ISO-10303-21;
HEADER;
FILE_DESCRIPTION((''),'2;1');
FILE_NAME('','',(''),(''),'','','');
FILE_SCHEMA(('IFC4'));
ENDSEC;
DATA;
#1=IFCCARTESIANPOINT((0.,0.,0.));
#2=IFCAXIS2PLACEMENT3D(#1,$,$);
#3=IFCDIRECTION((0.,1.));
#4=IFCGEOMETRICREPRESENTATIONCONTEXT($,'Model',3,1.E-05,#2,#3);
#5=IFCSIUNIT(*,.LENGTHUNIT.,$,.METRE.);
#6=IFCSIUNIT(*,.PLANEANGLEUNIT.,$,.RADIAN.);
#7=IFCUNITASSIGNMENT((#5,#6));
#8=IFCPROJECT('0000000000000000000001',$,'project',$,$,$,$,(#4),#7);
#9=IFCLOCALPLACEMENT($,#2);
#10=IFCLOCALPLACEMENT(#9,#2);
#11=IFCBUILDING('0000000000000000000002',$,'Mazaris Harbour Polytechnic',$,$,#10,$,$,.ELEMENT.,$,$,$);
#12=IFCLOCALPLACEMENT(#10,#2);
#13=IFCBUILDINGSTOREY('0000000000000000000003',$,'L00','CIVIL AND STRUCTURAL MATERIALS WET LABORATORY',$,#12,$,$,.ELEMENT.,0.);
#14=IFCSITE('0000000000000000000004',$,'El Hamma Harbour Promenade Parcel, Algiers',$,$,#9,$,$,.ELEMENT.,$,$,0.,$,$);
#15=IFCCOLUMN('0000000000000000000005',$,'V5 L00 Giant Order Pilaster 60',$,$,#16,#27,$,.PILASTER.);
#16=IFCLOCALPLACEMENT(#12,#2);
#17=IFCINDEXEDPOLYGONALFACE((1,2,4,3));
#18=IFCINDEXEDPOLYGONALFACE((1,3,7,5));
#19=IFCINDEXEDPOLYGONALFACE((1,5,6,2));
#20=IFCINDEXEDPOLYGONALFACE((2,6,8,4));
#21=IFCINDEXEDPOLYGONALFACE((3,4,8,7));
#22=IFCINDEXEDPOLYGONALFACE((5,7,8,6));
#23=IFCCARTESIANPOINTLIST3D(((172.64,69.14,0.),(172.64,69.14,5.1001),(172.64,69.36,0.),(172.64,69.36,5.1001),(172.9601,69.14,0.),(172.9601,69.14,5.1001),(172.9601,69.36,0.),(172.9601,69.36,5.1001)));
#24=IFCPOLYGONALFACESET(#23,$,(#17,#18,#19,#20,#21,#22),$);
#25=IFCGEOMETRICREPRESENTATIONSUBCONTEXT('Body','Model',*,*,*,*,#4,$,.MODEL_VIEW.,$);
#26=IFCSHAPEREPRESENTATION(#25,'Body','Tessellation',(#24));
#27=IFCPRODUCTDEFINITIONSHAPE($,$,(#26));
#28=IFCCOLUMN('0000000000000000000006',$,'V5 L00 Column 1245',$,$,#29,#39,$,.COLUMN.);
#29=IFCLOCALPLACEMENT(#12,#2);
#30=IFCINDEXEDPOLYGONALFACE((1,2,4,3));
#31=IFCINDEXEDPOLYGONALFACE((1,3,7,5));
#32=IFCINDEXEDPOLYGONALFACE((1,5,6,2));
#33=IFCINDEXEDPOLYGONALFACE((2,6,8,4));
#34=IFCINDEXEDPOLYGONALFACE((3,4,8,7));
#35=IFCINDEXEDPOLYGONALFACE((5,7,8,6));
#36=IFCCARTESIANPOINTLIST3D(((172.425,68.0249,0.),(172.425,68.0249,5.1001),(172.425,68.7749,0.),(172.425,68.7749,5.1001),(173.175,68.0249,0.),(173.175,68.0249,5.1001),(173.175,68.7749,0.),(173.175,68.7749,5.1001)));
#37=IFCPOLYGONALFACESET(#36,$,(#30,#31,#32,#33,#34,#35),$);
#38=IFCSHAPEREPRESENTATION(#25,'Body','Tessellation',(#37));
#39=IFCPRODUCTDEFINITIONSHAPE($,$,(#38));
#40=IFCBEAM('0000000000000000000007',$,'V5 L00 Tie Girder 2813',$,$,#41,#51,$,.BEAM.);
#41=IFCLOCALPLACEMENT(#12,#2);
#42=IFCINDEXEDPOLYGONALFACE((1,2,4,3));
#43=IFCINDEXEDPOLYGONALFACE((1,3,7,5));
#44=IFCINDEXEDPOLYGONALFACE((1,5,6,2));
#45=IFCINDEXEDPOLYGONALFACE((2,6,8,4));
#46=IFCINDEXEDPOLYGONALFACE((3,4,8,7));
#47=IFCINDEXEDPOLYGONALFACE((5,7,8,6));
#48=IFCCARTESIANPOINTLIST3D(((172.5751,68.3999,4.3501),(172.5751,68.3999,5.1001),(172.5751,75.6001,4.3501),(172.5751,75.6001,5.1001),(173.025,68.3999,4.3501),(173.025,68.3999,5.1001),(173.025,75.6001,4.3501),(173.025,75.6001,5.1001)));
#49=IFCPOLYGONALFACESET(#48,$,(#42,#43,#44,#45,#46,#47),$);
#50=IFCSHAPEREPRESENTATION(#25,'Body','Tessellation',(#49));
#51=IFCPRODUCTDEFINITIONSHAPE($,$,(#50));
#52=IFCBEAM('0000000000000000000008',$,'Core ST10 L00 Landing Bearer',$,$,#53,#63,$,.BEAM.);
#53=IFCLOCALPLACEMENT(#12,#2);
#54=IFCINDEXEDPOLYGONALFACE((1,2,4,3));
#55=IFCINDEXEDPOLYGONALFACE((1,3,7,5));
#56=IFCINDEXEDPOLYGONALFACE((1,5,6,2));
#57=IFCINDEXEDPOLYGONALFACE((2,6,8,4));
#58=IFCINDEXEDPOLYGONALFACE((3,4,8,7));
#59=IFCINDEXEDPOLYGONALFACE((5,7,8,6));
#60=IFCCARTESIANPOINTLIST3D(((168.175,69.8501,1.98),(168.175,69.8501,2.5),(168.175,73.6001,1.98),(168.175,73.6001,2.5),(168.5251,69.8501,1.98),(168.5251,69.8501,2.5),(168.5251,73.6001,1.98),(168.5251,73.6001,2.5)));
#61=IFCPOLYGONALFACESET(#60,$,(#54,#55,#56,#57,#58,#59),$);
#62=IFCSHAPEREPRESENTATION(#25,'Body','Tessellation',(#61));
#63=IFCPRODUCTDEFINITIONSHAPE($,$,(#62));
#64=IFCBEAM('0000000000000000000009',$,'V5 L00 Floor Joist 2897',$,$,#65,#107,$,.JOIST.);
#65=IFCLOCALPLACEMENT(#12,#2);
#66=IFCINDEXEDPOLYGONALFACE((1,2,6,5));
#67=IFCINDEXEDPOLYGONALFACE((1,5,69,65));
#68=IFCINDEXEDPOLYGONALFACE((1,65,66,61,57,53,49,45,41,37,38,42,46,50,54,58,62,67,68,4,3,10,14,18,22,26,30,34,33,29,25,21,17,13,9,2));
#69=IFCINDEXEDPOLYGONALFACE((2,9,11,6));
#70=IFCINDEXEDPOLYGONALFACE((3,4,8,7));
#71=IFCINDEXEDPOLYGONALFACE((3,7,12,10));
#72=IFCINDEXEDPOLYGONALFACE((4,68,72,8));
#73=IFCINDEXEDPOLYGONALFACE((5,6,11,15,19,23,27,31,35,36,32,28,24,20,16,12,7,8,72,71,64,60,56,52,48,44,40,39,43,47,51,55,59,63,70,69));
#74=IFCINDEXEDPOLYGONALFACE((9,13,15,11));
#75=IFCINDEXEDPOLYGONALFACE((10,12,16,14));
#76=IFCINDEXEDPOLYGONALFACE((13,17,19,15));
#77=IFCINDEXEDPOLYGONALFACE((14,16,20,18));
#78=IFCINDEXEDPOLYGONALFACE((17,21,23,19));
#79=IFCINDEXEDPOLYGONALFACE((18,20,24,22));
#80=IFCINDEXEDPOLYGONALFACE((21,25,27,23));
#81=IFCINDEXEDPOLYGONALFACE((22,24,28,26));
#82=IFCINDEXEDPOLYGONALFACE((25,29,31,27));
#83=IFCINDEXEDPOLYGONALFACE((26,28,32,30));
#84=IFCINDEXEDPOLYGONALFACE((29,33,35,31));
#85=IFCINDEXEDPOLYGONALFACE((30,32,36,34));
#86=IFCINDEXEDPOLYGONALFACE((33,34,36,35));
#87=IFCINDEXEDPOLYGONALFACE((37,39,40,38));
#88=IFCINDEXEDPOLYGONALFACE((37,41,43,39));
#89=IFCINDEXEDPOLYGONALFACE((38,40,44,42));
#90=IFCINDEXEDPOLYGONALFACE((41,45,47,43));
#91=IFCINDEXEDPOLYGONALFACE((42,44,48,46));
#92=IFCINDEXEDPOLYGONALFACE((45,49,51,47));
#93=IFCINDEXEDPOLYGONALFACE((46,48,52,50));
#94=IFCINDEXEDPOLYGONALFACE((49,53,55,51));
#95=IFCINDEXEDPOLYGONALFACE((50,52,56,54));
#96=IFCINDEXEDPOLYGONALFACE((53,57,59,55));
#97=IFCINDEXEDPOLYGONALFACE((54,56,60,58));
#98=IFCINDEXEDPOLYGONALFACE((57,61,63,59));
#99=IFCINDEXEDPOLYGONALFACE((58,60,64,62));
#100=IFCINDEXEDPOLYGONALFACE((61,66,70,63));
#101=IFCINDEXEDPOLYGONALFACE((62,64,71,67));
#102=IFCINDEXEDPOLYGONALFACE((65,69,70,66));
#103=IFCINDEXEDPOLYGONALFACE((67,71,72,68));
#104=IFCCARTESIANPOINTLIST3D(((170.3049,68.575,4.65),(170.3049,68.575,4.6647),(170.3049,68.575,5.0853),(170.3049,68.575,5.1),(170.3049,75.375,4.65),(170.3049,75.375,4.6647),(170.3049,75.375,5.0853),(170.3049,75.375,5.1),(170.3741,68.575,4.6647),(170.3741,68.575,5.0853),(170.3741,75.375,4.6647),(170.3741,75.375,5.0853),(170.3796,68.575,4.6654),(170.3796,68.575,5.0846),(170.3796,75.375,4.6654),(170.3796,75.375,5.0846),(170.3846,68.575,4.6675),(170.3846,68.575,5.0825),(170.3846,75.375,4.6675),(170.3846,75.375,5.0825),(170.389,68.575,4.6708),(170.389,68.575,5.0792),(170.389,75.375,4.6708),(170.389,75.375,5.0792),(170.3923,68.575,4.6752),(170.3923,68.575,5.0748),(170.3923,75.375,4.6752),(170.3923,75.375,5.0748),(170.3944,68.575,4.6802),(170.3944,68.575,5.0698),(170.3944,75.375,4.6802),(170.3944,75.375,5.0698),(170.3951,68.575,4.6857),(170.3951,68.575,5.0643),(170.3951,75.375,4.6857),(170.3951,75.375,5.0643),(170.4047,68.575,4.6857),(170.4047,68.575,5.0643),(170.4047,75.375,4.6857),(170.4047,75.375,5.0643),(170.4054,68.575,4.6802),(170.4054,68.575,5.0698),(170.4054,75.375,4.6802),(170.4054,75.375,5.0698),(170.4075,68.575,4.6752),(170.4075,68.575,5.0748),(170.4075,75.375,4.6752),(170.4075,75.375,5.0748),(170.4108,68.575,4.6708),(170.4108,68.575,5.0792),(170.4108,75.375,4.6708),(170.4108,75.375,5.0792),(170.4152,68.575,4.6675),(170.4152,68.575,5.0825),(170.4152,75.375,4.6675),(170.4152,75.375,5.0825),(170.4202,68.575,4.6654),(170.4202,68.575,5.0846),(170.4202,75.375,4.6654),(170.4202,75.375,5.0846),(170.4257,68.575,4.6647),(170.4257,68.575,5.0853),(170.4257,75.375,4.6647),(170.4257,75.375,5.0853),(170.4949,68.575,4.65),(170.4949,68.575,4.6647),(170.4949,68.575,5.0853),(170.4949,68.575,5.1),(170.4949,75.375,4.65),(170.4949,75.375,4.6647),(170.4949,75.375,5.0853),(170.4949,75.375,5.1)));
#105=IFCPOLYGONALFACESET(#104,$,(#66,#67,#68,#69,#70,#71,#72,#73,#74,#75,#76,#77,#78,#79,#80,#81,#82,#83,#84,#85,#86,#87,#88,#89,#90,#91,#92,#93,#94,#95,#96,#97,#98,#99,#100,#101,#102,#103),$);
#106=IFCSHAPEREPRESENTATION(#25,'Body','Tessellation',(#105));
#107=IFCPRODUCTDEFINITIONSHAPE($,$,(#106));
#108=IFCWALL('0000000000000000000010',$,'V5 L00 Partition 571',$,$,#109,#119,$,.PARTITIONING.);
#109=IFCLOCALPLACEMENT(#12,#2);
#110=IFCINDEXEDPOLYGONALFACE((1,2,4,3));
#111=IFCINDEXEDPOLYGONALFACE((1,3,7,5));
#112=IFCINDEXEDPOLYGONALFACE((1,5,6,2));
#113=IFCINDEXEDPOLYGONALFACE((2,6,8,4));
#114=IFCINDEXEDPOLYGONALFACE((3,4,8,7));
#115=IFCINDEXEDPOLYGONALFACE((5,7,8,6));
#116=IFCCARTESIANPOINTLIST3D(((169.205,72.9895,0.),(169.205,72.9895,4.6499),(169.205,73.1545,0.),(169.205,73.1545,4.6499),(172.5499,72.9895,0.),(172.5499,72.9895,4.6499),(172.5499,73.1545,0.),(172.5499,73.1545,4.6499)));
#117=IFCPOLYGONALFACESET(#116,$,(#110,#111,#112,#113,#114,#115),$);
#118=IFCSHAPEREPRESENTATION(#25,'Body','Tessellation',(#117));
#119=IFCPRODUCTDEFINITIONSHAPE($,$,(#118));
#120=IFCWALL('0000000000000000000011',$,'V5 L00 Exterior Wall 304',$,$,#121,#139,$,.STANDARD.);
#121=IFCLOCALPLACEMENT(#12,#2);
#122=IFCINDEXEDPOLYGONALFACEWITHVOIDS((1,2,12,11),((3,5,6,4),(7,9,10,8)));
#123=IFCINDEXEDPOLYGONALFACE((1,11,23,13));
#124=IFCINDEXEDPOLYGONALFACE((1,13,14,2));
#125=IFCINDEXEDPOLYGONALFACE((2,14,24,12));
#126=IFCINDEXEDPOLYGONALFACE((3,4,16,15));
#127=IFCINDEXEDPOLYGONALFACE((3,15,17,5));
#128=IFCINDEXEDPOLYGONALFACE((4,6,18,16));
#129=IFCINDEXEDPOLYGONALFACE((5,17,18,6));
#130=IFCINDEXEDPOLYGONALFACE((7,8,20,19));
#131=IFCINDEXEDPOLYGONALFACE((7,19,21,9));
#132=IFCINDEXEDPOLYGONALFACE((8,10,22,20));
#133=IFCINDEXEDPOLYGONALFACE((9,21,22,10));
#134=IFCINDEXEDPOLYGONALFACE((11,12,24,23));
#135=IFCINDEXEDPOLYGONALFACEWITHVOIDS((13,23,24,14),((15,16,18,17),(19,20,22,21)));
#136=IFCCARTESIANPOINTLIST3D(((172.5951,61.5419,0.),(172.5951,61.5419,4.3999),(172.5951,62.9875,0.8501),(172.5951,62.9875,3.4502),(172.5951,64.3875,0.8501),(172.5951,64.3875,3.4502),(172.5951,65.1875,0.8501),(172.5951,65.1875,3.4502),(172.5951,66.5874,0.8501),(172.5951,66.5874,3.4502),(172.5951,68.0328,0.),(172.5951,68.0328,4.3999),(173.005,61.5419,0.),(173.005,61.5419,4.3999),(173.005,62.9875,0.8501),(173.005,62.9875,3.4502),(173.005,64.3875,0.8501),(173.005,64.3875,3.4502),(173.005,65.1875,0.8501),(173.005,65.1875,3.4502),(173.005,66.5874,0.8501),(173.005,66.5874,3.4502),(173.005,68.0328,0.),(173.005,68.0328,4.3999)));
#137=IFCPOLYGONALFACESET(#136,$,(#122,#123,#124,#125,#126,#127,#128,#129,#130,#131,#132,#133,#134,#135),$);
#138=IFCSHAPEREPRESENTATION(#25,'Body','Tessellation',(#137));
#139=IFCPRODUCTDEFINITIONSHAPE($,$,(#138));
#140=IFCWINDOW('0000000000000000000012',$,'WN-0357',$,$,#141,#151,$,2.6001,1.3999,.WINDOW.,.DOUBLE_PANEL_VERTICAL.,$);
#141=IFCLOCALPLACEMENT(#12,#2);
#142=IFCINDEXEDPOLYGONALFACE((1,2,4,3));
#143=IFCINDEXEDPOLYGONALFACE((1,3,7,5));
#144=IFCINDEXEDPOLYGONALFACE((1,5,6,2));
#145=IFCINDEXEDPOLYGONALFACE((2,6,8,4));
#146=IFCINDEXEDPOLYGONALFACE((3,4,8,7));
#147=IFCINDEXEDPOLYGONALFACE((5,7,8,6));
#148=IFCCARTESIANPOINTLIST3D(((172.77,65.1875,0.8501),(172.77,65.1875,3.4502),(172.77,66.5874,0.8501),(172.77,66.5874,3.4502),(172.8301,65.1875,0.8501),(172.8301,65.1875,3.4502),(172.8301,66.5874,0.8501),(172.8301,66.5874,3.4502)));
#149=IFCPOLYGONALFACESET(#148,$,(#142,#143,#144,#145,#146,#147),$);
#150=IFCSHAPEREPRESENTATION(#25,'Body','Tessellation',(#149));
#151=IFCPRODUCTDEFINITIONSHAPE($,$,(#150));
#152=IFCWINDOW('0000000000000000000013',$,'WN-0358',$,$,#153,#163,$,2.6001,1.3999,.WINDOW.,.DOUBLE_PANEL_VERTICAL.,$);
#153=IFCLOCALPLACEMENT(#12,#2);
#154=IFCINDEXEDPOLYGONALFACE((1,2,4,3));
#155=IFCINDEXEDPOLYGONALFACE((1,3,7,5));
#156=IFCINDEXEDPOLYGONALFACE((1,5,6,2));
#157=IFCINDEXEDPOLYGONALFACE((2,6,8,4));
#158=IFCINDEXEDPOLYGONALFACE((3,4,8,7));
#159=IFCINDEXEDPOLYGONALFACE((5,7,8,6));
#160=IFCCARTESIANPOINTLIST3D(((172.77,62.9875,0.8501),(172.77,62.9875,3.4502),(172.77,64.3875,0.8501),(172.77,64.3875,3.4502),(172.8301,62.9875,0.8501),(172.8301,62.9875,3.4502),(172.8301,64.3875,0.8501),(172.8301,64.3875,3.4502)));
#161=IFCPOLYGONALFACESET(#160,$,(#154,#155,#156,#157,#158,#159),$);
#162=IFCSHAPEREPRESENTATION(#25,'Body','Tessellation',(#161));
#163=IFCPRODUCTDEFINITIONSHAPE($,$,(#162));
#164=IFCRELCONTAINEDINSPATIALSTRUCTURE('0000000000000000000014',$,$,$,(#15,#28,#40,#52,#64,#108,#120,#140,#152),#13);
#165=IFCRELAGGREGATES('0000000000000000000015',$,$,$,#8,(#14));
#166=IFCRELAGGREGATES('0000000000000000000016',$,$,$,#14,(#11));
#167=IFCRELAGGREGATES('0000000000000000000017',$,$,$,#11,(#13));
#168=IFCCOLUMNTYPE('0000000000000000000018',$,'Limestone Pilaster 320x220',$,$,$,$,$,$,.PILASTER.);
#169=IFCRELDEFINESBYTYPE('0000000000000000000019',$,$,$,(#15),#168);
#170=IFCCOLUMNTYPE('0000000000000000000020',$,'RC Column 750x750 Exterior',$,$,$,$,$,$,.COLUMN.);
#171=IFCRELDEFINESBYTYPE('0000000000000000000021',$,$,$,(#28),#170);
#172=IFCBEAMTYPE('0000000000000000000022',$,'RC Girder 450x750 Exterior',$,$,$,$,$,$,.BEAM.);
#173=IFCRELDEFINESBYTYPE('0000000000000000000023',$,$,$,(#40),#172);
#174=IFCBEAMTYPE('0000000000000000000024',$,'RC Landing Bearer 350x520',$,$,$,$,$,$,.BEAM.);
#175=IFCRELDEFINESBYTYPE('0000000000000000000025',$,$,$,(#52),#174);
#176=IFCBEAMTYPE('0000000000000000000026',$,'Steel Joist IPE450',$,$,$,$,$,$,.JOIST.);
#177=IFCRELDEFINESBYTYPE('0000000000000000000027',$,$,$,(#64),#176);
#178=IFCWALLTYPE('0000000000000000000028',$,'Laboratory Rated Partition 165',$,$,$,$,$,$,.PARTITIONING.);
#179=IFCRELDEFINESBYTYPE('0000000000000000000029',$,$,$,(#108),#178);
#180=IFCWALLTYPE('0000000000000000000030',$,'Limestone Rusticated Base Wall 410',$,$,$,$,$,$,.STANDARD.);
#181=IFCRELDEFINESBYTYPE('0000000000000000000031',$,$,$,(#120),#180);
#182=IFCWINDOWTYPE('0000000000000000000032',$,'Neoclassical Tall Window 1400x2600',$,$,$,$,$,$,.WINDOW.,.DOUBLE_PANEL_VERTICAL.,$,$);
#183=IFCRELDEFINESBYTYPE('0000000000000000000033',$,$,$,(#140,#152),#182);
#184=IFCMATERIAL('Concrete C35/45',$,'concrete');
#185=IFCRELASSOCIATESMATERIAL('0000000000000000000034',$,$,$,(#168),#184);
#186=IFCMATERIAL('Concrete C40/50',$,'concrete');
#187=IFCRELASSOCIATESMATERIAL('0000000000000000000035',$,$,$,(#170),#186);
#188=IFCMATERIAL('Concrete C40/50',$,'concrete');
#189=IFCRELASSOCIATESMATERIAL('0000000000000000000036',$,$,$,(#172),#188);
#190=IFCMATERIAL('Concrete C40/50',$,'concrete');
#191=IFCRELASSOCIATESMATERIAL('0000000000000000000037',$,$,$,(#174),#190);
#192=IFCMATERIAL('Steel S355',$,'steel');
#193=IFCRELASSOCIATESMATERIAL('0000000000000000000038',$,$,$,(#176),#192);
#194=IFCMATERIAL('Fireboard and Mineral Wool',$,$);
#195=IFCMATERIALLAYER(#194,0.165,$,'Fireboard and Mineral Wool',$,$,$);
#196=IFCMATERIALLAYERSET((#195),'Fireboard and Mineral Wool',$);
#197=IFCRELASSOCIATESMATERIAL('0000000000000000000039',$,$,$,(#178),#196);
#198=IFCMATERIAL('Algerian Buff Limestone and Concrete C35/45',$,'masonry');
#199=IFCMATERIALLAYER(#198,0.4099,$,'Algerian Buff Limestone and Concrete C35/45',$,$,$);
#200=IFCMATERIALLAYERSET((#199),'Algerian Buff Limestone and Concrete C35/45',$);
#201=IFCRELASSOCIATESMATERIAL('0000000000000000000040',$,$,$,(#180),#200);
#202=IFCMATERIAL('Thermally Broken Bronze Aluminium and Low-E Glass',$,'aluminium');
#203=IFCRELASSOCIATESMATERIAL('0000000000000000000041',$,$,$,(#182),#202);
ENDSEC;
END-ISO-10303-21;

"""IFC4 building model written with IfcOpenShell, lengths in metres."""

from ifc_helpers import new_model, si_unit, direction, frame, frame_2d, origin, origin_2d, place, context, subcontext, project, spatial, rectangle, i_section, extrude, material, layer, layer_set, material_profile, profile_set, type_object, element, fill, save


model = new_model("IFC4")

# Units and contexts
model_context = context("Model", 3, precision=1e-05, world=origin(), true_north=direction((0.0, 1.0)))
body_context = subcontext(model_context, "Body", "Model", "MODEL_VIEW")
ifc_project = project(units=[si_unit("LENGTHUNIT", "METRE"), si_unit("PLANEANGLEUNIT", "RADIAN")], contexts=[model_context])

# Site, building, storey
site_placement = place(None, origin())
site = spatial("IfcSite", under=ifc_project, at=site_placement, Name="El Hamma Harbour Promenade Parcel, Algiers", CompositionType="ELEMENT", RefElevation=0.0)
building_placement = place(site_placement, origin())
building = spatial("IfcBuilding", under=site, at=building_placement, Name="Mazaris Harbour Polytechnic", CompositionType="ELEMENT")
storey_placement = place(building_placement, origin())
storey = spatial("IfcBuildingStorey", under=building, at=storey_placement, Name="L00", Description="CIVIL AND STRUCTURAL MATERIALS WET LABORATORY", CompositionType="ELEMENT", Elevation=0.0)

# Columns
ifc_material_1 = material(Name="Concrete C35/45", Category="concrete")
ifc_material_profile_1 = material_profile(ifc_material_1, rectangle(XDim=0.3201, YDim=0.22, at=origin_2d()), Name="RECT320x220")
ifc_profile_set_1 = profile_set([ifc_material_profile_1], Name="Concrete C35/45")
column_type_1 = type_object("IfcColumnType", Name="Limestone Pilaster 320x220", PredefinedType="PILASTER", material=ifc_profile_set_1)
column_1_placement = place(storey_placement, frame((172.8, 69.25, 0.0), z_axis=(0.0, 0.0, 1.0), x_axis=(1.0, 0.0, 0.0)))
element("IfcColumn", 1, at=column_1_placement, inside=storey, type_object=column_type_1, Name="V5 L00 Giant Order Pilaster 60", PredefinedType="PILASTER", context=body_context, shape_type="SweptSolid", body=[
    extrude(rectangle(XDim=0.3201, YDim=0.22, at=origin_2d()), origin(), (0.0, 0.0, 1.0), 5.1001),
])
ifc_material_2 = material(Name="Concrete C40/50", Category="concrete")
ifc_material_profile_2 = material_profile(ifc_material_2, rectangle(XDim=0.75, YDim=0.75, at=origin_2d()), Name="RECT750x750")
ifc_profile_set_2 = profile_set([ifc_material_profile_2], Name="Concrete C40/50")
column_type_2 = type_object("IfcColumnType", Name="RC Column 750x750 Exterior", PredefinedType="COLUMN", material=ifc_profile_set_2)
column_2_placement = place(storey_placement, frame((172.8, 68.3999, 0.0), z_axis=(0.0, 0.0, 1.0), x_axis=(1.0, 0.0, 0.0)))
element("IfcColumn", 2, at=column_2_placement, inside=storey, type_object=column_type_2, Name="V5 L00 Column 1245", PredefinedType="COLUMN", context=body_context, shape_type="SweptSolid", body=[
    extrude(rectangle(XDim=0.75, YDim=0.75, at=origin_2d()), origin(), (0.0, 0.0, 1.0), 5.1001),
])

# Beams
ifc_material_3 = material(Name="Concrete C40/50", Category="concrete")
ifc_material_profile_3 = material_profile(ifc_material_3, rectangle(XDim=0.45, YDim=0.75, at=origin_2d()), Name="RECT450x750")
ifc_profile_set_3 = profile_set([ifc_material_profile_3], Name="Concrete C40/50")
beam_type_1 = type_object("IfcBeamType", Name="RC Girder 450x750 Exterior", PredefinedType="BEAM", material=ifc_profile_set_3)
beam_1_placement = place(storey_placement, frame((172.8, 68.3999, 4.7251), z_axis=(0.0, 1.0, 0.0), x_axis=(-1.0, 0.0, 0.0)))
element("IfcBeam", 3, at=beam_1_placement, inside=storey, type_object=beam_type_1, Name="V5 L00 Tie Girder 2813", PredefinedType="BEAM", context=body_context, shape_type="SweptSolid", body=[
    extrude(rectangle(XDim=0.45, YDim=0.75, at=origin_2d()), origin(), (0.0, 0.0, 1.0), 7.2002),
])
ifc_material_4 = material(Name="Concrete C40/50", Category="concrete")
ifc_material_profile_4 = material_profile(ifc_material_4, rectangle(XDim=0.3501, YDim=0.52, at=origin_2d()), Name="RECT350x520")
ifc_profile_set_4 = profile_set([ifc_material_profile_4], Name="Concrete C40/50")
beam_type_2 = type_object("IfcBeamType", Name="RC Landing Bearer 350x520", PredefinedType="BEAM", material=ifc_profile_set_4)
beam_2_placement = place(storey_placement, frame((168.3501, 69.8501, 2.24), z_axis=(0.0, 1.0, 0.0), x_axis=(-1.0, 0.0, 0.0)))
element("IfcBeam", 4, at=beam_2_placement, inside=storey, type_object=beam_type_2, Name="Core ST10 L00 Landing Bearer", PredefinedType="BEAM", context=body_context, shape_type="SweptSolid", body=[
    extrude(rectangle(XDim=0.3501, YDim=0.52, at=origin_2d()), origin(), (0.0, 0.0, 1.0), 3.75),
])
ifc_material_5 = material(Name="Steel S355", Category="steel")
ifc_material_profile_5 = material_profile(ifc_material_5, i_section(OverallWidth=0.1899, OverallDepth=0.45, WebThickness=0.0095, FlangeThickness=0.0146, FilletRadius=0.021, at=origin_2d()), Name="IPE 450")
ifc_profile_set_5 = profile_set([ifc_material_profile_5], Name="Steel S355")
beam_type_3 = type_object("IfcBeamType", Name="Steel Joist IPE450", PredefinedType="JOIST", material=ifc_profile_set_5)
beam_3_placement = place(storey_placement, frame((170.3999, 68.575, 4.875), z_axis=(0.0, 1.0, 0.0), x_axis=(-1.0, 0.0, 0.0)))
element("IfcBeam", 5, at=beam_3_placement, inside=storey, type_object=beam_type_3, Name="V5 L00 Floor Joist 2897", PredefinedType="JOIST", context=body_context, shape_type="SweptSolid", body=[
    extrude(i_section(OverallWidth=0.1899, OverallDepth=0.45, WebThickness=0.0095, FlangeThickness=0.0146, FilletRadius=0.021, at=origin_2d()), origin(), (0.0, 0.0, 1.0), 6.8),
])

# Wall
ifc_material_6 = material(Name="Fireboard and Mineral Wool")
ifc_layer_1 = layer(ifc_material_6, 0.165, Name="Fireboard and Mineral Wool")
ifc_layer_set_1 = layer_set([ifc_layer_1], Name="Fireboard and Mineral Wool")
wall_type_1 = type_object("IfcWallType", Name="Laboratory Rated Partition 165", PredefinedType="PARTITIONING", material=ifc_layer_set_1)
wall_1_placement = place(storey_placement, frame((169.2051, 73.072, 0.0), z_axis=(0.0, 0.0, 1.0), x_axis=(1.0, 0.0, 0.0)))
element("IfcWall", 6, at=wall_1_placement, inside=storey, type_object=wall_type_1, Name="V5 L00 Partition 571", PredefinedType="PARTITIONING", context=body_context, shape_type="SweptSolid", body=[
    extrude(rectangle(XDim=3.345, YDim=0.165, at=frame_2d((1.6724, 0.0))), origin(), (0.0, 0.0, 1.0), 4.6499),
])

# Wall, openings, windows
ifc_material_7 = material(Name="Algerian Buff Limestone and Concrete C35/45", Category="masonry")
ifc_layer_2 = layer(ifc_material_7, 0.4099, Name="Algerian Buff Limestone and Concrete C35/45")
ifc_layer_set_2 = layer_set([ifc_layer_2], Name="Algerian Buff Limestone and Concrete C35/45")
wall_type_2 = type_object("IfcWallType", Name="Limestone Rusticated Base Wall 410", PredefinedType="STANDARD", material=ifc_layer_set_2)
wall_2_placement = place(storey_placement, frame((172.8, 68.033, 0.0), z_axis=(0.0, 0.0, 1.0), x_axis=(0.0, -1.0, 0.0)))
wall_2 = element("IfcWall", 7, at=wall_2_placement, inside=storey, type_object=wall_type_2, Name="V5 L00 Exterior Wall 304", PredefinedType="STANDARD", context=body_context, shape_type="SweptSolid", body=[
    extrude(rectangle(XDim=6.491, YDim=0.4099, at=frame_2d((3.2456, 0.0))), origin(), (0.0, 0.0, 1.0), 4.3999),
])
opening_1_placement = place(wall_2_placement, frame((1.4456, 0.0, 0.8501)))
opening_1 = element("IfcOpeningElement", 8, at=opening_1_placement, cuts=wall_2, PredefinedType="OPENING", context=body_context, shape_type="SweptSolid", body=[
    extrude(rectangle(XDim=1.3999, YDim=2.6001, at=frame_2d((0.7, 1.3))), frame((0.0, 0.2148, 0.0), z_axis=(0.0, -1.0, 0.0), x_axis=(1.0, 0.0, 0.0)), (0.0, 0.0, 1.0), 0.4299),
])
opening_2_placement = place(wall_2_placement, frame((3.6455, 0.0, 0.8501)))
opening_2 = element("IfcOpeningElement", 9, at=opening_2_placement, cuts=wall_2, PredefinedType="OPENING", context=body_context, shape_type="SweptSolid", body=[
    extrude(rectangle(XDim=1.3999, YDim=2.6001, at=frame_2d((0.7, 1.3))), frame((0.0, 0.2148, 0.0), z_axis=(0.0, -1.0, 0.0), x_axis=(1.0, 0.0, 0.0)), (0.0, 0.0, 1.0), 0.4299),
])
ifc_material_8 = material(Name="Thermally Broken Bronze Aluminium and Low-E Glass", Category="aluminium")
window_type_1 = type_object("IfcWindowType", Name="Neoclassical Tall Window 1400x2600", PartitioningType="DOUBLE_PANEL_VERTICAL", PredefinedType="WINDOW", material=ifc_material_8)
window_1_placement = place(opening_1_placement, origin())
window_1 = element("IfcWindow", 10, at=window_1_placement, inside=storey, type_object=window_type_1, Name="WN-0357", OverallHeight=2.6001, OverallWidth=1.3999, PartitioningType="DOUBLE_PANEL_VERTICAL", PredefinedType="WINDOW", context=body_context, shape_type="SweptSolid", body=[
    extrude(rectangle(XDim=1.3999, YDim=2.6001, at=frame_2d((0.7, 1.3))), frame((0.0, 0.03, 0.0), z_axis=(0.0, -1.0, 0.0), x_axis=(1.0, 0.0, 0.0)), (0.0, 0.0, 1.0), 0.0601),
])
fill(opening_1, window_1)
window_2_placement = place(opening_2_placement, origin())
window_2 = element("IfcWindow", 11, at=window_2_placement, inside=storey, type_object=window_type_1, Name="WN-0358", OverallHeight=2.6001, OverallWidth=1.3999, PartitioningType="DOUBLE_PANEL_VERTICAL", PredefinedType="WINDOW", context=body_context, shape_type="SweptSolid", body=[
    extrude(rectangle(XDim=1.3999, YDim=2.6001, at=frame_2d((0.7, 1.3))), frame((0.0, 0.03, 0.0), z_axis=(0.0, -1.0, 0.0), x_axis=(1.0, 0.0, 0.0)), (0.0, 0.0, 1.0), 0.0601),
])
fill(opening_2, window_2)

save(model, "model.ifc")
